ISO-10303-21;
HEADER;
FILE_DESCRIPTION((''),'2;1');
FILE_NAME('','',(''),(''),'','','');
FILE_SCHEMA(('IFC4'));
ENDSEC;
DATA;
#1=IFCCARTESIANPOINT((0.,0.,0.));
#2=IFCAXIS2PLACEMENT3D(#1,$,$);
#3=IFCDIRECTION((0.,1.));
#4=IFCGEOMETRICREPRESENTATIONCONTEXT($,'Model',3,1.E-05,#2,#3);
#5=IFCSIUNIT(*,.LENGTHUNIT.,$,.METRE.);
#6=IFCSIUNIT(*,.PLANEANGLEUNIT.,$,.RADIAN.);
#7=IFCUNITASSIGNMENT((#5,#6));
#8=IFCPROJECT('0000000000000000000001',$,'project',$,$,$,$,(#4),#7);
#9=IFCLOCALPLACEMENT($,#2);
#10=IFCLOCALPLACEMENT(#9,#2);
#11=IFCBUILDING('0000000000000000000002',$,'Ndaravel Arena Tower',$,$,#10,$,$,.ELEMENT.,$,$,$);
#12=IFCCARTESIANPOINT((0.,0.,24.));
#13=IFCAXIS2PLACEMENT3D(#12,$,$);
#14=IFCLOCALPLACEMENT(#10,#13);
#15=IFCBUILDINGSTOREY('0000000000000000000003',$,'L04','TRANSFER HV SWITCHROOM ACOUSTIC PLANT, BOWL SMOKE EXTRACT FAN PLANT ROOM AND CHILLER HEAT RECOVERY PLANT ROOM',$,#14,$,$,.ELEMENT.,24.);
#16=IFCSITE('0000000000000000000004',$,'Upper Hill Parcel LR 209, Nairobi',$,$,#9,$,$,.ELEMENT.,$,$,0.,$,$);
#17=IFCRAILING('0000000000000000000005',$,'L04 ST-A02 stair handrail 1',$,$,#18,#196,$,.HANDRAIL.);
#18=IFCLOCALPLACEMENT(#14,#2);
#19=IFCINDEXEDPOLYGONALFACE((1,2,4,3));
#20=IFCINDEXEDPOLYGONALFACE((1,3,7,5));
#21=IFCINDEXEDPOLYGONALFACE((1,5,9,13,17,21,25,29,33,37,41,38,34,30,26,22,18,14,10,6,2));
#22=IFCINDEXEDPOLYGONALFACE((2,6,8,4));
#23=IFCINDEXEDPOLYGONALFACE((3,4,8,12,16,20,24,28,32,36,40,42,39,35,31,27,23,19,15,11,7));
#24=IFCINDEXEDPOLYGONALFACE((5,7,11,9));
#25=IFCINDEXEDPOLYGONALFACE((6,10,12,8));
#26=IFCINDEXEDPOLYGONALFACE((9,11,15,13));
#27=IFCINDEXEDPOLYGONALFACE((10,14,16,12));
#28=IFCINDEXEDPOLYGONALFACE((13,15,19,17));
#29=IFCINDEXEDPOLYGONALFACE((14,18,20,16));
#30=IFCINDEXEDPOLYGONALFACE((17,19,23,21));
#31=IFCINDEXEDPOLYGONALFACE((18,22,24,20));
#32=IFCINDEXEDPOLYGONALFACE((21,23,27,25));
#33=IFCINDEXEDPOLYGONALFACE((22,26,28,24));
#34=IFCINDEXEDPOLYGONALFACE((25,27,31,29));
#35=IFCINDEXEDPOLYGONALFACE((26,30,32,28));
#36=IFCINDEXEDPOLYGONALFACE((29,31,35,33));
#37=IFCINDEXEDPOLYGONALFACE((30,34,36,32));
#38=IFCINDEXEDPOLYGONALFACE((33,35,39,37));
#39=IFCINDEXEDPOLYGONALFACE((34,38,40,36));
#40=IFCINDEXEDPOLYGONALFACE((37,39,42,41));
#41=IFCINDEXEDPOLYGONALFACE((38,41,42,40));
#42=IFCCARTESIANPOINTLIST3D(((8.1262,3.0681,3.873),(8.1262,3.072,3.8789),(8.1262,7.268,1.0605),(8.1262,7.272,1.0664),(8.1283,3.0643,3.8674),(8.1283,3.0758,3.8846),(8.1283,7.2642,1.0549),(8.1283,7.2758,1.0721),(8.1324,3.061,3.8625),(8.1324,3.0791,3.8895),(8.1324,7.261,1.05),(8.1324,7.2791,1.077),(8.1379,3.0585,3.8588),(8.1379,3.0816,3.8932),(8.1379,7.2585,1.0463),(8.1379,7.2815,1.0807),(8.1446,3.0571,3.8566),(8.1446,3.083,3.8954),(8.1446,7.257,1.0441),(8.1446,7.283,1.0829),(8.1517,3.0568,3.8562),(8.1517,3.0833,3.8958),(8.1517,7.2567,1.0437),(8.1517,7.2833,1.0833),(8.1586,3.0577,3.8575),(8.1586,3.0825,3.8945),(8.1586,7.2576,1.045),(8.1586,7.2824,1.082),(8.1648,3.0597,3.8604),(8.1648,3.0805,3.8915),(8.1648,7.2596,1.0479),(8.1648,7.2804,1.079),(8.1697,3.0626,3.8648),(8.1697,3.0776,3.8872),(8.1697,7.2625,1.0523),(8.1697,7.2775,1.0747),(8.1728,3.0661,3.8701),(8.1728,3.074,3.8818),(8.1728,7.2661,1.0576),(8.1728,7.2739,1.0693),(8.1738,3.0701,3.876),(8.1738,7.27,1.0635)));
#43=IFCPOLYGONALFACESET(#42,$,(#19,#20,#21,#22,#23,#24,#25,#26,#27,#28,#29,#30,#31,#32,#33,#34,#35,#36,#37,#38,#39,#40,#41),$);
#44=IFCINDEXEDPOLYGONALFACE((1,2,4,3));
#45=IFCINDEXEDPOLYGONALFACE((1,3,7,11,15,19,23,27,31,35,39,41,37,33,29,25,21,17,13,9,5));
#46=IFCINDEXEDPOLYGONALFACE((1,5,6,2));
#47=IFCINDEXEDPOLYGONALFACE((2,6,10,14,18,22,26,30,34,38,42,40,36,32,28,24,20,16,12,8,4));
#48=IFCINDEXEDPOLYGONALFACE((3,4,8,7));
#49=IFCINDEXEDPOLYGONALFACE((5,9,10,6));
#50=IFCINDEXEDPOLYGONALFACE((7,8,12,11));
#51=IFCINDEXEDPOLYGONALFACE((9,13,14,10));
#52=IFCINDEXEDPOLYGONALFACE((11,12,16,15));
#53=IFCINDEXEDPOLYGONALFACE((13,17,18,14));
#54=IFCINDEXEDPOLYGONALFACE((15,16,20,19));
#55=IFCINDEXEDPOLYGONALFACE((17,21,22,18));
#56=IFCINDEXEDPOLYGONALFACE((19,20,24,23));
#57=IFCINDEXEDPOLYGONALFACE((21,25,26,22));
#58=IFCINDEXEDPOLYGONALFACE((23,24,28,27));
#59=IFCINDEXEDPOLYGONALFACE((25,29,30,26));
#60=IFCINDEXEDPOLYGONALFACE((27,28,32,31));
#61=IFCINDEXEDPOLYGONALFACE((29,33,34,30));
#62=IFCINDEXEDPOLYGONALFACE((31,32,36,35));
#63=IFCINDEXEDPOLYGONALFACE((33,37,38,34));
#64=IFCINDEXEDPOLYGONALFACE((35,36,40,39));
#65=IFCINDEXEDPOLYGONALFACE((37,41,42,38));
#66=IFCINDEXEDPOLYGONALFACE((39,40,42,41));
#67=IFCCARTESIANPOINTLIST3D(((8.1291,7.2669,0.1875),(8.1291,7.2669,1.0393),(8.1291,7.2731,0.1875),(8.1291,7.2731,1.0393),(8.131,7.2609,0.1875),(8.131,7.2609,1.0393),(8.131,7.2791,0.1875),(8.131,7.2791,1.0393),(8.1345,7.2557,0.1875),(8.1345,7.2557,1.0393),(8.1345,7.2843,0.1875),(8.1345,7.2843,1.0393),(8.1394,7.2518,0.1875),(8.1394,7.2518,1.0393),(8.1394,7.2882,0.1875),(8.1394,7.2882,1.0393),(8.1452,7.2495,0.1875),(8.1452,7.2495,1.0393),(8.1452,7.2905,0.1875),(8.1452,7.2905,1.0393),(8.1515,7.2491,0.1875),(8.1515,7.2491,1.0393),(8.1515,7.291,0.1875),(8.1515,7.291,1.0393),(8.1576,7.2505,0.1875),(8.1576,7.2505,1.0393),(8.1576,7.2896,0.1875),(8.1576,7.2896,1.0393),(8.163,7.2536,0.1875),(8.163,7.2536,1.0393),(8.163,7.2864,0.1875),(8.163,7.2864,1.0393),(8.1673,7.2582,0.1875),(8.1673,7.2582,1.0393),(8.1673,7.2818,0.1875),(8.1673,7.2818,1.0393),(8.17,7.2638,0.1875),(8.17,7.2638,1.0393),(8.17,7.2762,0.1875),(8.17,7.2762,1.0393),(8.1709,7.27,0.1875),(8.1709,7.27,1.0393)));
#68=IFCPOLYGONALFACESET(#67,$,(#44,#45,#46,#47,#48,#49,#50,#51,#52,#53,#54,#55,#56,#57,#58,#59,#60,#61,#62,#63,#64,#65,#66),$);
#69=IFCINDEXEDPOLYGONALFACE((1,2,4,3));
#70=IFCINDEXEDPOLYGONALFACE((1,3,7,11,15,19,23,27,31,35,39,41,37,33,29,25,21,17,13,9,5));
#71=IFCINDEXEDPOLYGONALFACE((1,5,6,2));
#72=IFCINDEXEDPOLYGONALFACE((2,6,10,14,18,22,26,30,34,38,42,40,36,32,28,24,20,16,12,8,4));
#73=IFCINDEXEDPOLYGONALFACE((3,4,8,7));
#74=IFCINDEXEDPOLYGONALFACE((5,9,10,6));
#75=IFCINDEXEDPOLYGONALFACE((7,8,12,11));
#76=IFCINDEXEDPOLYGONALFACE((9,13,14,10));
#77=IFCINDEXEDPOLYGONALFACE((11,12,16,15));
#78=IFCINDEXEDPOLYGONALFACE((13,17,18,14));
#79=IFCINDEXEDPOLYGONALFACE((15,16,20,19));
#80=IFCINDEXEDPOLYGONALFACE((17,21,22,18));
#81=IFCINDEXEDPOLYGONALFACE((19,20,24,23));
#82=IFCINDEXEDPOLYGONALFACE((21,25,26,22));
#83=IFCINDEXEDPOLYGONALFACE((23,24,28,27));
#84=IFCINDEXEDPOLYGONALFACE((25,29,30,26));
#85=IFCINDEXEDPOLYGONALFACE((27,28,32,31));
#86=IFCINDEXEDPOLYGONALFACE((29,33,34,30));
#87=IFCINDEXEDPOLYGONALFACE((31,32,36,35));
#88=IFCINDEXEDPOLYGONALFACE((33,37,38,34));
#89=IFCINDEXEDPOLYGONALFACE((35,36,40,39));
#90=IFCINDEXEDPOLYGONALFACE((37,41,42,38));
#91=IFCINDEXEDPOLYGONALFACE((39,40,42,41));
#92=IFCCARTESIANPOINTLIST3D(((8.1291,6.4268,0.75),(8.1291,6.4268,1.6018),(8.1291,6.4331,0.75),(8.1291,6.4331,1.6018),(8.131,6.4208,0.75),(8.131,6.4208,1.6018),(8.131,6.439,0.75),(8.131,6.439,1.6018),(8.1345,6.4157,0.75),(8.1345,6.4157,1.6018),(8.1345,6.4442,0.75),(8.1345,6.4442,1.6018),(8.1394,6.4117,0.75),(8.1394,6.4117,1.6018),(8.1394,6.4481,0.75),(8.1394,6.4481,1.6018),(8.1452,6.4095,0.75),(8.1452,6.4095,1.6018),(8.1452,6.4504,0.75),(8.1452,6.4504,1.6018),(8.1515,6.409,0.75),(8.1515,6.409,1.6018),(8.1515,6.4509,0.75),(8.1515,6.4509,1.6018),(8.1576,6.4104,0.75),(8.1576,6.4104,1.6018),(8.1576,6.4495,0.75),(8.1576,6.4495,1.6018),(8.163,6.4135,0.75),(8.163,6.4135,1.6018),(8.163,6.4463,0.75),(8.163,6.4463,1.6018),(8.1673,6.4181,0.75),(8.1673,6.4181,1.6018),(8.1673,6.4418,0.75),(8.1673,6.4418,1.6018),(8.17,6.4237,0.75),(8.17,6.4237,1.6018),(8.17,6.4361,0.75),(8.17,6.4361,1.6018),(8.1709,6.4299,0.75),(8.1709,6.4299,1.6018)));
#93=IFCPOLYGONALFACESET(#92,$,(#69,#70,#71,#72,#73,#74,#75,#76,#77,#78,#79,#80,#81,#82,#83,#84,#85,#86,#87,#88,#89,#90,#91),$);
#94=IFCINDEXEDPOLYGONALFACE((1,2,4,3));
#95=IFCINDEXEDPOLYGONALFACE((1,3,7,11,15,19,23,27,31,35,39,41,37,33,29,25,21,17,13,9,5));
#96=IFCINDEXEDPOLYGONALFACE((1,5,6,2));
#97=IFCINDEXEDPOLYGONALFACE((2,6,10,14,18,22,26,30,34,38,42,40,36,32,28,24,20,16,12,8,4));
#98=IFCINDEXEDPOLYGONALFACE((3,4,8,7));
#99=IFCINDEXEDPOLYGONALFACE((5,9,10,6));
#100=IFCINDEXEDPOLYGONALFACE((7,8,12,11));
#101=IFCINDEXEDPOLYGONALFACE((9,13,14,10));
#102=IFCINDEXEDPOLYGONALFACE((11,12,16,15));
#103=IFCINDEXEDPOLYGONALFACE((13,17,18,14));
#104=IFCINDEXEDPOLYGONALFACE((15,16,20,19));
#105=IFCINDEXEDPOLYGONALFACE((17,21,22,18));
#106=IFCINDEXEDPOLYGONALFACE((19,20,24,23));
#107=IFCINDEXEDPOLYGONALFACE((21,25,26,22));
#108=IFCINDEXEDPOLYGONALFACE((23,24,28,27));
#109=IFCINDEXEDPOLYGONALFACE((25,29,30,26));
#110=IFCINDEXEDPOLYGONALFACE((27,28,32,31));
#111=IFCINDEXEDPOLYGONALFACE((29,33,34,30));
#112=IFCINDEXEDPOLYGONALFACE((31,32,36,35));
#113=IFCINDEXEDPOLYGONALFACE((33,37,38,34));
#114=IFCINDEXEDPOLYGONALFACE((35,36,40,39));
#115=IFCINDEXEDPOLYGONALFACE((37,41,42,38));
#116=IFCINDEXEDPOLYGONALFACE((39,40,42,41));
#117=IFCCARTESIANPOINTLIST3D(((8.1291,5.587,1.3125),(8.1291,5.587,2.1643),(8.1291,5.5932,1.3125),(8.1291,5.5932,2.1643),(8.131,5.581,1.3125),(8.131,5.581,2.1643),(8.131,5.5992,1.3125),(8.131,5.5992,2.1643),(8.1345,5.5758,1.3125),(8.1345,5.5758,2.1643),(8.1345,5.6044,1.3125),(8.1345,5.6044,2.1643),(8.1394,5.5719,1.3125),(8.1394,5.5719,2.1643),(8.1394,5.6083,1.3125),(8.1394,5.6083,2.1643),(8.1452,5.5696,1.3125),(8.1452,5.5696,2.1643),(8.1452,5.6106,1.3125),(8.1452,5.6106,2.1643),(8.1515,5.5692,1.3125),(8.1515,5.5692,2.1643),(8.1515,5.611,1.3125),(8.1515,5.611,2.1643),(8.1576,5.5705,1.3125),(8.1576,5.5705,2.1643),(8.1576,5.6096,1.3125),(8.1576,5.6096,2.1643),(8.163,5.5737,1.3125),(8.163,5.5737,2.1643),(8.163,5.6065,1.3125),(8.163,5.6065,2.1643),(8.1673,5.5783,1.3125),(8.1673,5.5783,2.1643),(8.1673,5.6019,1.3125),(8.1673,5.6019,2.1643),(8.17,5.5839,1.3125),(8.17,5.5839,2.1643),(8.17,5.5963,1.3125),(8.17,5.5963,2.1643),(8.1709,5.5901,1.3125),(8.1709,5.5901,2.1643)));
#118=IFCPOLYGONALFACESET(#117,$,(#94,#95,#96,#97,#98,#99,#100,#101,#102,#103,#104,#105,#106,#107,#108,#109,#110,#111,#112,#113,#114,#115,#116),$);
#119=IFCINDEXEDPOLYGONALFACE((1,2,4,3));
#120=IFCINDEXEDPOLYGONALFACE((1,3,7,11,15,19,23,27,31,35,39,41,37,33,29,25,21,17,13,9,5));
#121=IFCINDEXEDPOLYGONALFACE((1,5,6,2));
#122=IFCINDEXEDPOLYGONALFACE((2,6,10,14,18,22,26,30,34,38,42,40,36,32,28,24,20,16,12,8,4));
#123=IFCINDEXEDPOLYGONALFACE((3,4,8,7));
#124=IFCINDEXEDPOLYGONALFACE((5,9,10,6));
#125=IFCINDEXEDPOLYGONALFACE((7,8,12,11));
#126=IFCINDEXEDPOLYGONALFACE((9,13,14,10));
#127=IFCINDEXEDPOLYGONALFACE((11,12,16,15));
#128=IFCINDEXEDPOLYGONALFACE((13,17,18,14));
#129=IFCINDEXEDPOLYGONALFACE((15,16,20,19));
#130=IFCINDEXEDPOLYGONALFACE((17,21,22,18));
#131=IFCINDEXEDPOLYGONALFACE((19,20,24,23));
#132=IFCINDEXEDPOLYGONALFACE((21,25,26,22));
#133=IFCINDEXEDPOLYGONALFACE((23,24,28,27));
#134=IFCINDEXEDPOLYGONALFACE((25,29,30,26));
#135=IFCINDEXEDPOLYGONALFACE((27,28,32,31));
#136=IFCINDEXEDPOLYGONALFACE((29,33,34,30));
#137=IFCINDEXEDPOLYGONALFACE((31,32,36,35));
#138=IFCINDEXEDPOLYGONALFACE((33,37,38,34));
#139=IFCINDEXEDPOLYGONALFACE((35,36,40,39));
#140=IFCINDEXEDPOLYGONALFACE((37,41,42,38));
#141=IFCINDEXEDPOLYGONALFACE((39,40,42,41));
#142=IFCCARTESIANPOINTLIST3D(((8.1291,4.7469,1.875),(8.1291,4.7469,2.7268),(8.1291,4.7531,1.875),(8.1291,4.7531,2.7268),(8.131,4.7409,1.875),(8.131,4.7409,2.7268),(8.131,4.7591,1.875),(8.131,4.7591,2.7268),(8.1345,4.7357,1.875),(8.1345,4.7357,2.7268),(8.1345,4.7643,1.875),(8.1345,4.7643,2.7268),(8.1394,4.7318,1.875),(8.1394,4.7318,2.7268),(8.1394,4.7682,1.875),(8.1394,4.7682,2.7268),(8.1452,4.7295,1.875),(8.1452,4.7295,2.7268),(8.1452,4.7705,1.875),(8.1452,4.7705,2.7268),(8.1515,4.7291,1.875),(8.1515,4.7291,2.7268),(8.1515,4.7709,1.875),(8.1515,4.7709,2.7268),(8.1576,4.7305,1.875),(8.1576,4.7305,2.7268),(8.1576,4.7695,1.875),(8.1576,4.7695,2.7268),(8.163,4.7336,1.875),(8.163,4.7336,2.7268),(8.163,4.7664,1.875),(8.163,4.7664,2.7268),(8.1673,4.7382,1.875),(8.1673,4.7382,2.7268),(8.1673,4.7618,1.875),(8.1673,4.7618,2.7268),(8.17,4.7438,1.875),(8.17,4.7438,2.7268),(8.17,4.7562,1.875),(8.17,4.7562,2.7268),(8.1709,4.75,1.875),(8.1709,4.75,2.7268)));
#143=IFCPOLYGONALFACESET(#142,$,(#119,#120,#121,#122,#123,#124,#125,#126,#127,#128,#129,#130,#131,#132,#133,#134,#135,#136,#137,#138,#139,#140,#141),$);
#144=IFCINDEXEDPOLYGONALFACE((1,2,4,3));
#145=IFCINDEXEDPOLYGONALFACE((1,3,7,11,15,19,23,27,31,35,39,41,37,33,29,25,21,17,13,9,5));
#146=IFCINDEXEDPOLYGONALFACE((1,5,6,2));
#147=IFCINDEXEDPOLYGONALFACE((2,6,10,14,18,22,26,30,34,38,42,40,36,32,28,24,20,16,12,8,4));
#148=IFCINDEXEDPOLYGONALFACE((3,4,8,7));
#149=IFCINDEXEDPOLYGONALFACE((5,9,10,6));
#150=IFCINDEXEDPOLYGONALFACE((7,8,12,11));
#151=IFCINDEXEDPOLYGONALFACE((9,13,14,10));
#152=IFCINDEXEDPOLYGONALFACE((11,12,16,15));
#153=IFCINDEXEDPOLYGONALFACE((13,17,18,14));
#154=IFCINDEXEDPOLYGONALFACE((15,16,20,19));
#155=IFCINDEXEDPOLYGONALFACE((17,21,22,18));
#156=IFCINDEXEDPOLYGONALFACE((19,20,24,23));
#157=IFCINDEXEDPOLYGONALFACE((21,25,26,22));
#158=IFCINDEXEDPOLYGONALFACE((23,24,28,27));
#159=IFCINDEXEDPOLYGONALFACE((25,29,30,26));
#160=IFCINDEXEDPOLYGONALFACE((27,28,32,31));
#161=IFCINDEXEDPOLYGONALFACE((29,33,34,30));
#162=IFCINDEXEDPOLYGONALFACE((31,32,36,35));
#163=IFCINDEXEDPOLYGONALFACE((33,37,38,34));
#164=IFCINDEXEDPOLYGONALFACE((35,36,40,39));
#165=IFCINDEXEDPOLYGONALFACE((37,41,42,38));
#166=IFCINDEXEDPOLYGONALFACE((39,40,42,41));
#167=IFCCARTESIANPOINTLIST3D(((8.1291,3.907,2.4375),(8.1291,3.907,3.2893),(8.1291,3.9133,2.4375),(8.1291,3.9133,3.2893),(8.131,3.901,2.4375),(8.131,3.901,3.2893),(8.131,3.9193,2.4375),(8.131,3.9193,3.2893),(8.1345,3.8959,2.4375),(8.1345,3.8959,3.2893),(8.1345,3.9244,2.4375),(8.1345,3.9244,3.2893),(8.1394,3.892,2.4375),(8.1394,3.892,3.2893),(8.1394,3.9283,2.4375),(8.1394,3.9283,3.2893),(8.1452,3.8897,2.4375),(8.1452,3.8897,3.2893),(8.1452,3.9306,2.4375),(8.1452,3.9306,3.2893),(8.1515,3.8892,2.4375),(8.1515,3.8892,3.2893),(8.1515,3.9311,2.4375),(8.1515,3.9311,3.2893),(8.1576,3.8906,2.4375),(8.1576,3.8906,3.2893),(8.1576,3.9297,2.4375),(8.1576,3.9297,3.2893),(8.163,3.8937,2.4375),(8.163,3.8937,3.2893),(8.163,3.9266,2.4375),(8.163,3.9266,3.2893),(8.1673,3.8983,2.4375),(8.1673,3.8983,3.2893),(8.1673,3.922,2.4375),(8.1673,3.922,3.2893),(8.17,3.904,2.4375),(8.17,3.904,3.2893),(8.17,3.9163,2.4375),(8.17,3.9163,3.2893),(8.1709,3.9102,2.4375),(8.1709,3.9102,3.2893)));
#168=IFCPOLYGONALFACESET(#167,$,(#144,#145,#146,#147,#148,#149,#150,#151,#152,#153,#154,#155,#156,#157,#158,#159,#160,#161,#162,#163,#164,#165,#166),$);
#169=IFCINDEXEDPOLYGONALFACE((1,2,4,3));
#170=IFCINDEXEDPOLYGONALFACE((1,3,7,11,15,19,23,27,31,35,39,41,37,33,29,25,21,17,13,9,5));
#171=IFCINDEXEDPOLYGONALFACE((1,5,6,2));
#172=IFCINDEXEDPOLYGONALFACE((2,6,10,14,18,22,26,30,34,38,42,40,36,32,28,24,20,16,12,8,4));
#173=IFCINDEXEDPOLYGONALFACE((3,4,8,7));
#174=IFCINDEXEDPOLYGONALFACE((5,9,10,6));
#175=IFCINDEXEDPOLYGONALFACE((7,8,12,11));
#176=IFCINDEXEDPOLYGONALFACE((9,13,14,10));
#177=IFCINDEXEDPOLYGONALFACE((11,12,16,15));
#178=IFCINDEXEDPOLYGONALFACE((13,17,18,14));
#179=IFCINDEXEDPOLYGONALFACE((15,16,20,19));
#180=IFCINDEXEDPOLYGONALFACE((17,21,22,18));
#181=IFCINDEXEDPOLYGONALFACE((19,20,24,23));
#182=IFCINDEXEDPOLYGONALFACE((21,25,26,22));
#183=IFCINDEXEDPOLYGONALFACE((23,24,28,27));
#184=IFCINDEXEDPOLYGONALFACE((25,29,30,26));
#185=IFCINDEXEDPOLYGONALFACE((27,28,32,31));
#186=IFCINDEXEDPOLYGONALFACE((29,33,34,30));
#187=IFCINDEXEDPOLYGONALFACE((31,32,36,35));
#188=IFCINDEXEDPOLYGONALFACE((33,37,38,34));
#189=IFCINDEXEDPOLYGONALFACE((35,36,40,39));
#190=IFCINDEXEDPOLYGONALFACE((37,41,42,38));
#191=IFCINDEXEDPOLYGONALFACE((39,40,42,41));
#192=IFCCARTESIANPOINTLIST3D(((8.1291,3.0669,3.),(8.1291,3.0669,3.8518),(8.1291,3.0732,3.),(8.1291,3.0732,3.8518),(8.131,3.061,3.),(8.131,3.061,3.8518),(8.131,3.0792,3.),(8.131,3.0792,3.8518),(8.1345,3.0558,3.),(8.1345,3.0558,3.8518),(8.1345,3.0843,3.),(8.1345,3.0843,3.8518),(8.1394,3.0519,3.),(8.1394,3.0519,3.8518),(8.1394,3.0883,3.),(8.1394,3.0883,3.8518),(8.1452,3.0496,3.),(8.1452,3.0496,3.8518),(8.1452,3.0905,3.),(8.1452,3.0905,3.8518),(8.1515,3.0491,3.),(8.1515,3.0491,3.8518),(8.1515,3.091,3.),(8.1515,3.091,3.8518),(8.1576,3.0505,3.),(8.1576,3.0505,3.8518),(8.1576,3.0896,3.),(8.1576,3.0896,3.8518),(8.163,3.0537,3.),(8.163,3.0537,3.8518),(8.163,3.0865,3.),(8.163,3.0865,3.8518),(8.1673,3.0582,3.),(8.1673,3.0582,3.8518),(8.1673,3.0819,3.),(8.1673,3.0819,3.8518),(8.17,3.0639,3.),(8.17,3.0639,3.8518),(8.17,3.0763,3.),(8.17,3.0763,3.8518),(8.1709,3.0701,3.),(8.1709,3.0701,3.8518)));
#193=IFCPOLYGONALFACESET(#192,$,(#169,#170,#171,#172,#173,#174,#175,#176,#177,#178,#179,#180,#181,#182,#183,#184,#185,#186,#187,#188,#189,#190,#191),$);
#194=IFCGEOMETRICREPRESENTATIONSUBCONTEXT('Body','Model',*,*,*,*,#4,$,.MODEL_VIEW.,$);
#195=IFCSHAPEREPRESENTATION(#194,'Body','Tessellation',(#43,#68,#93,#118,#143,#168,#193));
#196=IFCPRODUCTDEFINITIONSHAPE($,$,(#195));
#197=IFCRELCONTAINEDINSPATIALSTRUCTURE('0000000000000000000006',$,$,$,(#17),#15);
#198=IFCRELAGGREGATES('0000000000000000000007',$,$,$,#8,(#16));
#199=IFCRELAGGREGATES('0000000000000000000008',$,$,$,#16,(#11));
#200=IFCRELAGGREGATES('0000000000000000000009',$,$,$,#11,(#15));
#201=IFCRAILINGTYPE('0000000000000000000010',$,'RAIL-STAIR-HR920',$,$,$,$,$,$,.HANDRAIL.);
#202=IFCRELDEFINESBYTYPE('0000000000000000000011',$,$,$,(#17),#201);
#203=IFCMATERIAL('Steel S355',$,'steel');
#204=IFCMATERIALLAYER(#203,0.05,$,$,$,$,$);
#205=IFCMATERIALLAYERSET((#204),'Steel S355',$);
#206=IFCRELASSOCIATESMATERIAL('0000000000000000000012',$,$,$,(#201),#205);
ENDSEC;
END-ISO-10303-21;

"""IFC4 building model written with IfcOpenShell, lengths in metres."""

from ifc_helpers import new_model, si_unit, direction, frame, origin, origin_2d, place, context, subcontext, project, spatial, circle, extrude, material, layer, layer_set, type_object, element, save


model = new_model("IFC4")

# Units and contexts
model_context = context("Model", 3, precision=1e-05, world=origin(), true_north=direction((0.0, 1.0)))
body_context = subcontext(model_context, "Body", "Model", "MODEL_VIEW")
ifc_project = project(units=[si_unit("LENGTHUNIT", "METRE"), si_unit("PLANEANGLEUNIT", "RADIAN")], contexts=[model_context])

# Site, building, storey
site_placement = place(None, origin())
site = spatial("IfcSite", under=ifc_project, at=site_placement, Name="Upper Hill Parcel LR 209, Nairobi", CompositionType="ELEMENT", RefElevation=0.0)
building_placement = place(site_placement, origin())
building = spatial("IfcBuilding", under=site, at=building_placement, Name="Ndaravel Arena Tower", CompositionType="ELEMENT")
storey_placement = place(building_placement, frame((0.0, 0.0, 24.0)))
storey = spatial("IfcBuildingStorey", under=building, at=storey_placement, Name="L04", Description="TRANSFER HV SWITCHROOM ACOUSTIC PLANT, BOWL SMOKE EXTRACT FAN PLANT ROOM AND CHILLER HEAT RECOVERY PLANT ROOM", CompositionType="ELEMENT", Elevation=24.0)

# Railing
ifc_material_1 = material(Name="Steel S355", Category="steel")
ifc_layer_1 = layer(ifc_material_1, 0.05)
ifc_layer_set_1 = layer_set([ifc_layer_1], Name="Steel S355")
railing_type_1 = type_object("IfcRailingType", Name="RAIL-STAIR-HR920", PredefinedType="HANDRAIL", material=ifc_layer_set_1)
railing_1_placement = place(storey_placement, frame((8.1499, 7.27, 0.1875)))
element("IfcRailing", 1, at=railing_1_placement, inside=storey, type_object=railing_type_1, Name="L04 ST-A02 stair handrail 1", PredefinedType="HANDRAIL", context=body_context, shape_type="SweptSolid", body=[
    extrude(circle(Radius=0.0239, at=origin_2d()), frame((0.0, 0.0, 0.876), z_axis=(0.0, -0.830904, 0.556416), x_axis=(1.0, 0.0, 0.0)), (0.0, 0.0, 1.0), 5.0547),
    extrude(circle(Radius=0.021, at=origin_2d()), origin(), (0.0, 0.0, 1.0), 0.8518),
    extrude(circle(Radius=0.021, at=origin_2d()), frame((0.0, -0.8401, 0.5625)), (0.0, 0.0, 1.0), 0.8518),
    extrude(circle(Radius=0.021, at=origin_2d()), frame((0.0, -1.6799, 1.125)), (0.0, 0.0, 1.0), 0.8518),
    extrude(circle(Radius=0.021, at=origin_2d()), frame((0.0, -2.52, 1.6875)), (0.0, 0.0, 1.0), 0.8518),
    extrude(circle(Radius=0.021, at=origin_2d()), frame((0.0, -3.3599, 2.25)), (0.0, 0.0, 1.0), 0.8518),
    extrude(circle(Radius=0.021, at=origin_2d()), frame((0.0, -4.2, 2.8125)), (0.0, 0.0, 1.0), 0.8518),
])

save(model, "model.ifc")
